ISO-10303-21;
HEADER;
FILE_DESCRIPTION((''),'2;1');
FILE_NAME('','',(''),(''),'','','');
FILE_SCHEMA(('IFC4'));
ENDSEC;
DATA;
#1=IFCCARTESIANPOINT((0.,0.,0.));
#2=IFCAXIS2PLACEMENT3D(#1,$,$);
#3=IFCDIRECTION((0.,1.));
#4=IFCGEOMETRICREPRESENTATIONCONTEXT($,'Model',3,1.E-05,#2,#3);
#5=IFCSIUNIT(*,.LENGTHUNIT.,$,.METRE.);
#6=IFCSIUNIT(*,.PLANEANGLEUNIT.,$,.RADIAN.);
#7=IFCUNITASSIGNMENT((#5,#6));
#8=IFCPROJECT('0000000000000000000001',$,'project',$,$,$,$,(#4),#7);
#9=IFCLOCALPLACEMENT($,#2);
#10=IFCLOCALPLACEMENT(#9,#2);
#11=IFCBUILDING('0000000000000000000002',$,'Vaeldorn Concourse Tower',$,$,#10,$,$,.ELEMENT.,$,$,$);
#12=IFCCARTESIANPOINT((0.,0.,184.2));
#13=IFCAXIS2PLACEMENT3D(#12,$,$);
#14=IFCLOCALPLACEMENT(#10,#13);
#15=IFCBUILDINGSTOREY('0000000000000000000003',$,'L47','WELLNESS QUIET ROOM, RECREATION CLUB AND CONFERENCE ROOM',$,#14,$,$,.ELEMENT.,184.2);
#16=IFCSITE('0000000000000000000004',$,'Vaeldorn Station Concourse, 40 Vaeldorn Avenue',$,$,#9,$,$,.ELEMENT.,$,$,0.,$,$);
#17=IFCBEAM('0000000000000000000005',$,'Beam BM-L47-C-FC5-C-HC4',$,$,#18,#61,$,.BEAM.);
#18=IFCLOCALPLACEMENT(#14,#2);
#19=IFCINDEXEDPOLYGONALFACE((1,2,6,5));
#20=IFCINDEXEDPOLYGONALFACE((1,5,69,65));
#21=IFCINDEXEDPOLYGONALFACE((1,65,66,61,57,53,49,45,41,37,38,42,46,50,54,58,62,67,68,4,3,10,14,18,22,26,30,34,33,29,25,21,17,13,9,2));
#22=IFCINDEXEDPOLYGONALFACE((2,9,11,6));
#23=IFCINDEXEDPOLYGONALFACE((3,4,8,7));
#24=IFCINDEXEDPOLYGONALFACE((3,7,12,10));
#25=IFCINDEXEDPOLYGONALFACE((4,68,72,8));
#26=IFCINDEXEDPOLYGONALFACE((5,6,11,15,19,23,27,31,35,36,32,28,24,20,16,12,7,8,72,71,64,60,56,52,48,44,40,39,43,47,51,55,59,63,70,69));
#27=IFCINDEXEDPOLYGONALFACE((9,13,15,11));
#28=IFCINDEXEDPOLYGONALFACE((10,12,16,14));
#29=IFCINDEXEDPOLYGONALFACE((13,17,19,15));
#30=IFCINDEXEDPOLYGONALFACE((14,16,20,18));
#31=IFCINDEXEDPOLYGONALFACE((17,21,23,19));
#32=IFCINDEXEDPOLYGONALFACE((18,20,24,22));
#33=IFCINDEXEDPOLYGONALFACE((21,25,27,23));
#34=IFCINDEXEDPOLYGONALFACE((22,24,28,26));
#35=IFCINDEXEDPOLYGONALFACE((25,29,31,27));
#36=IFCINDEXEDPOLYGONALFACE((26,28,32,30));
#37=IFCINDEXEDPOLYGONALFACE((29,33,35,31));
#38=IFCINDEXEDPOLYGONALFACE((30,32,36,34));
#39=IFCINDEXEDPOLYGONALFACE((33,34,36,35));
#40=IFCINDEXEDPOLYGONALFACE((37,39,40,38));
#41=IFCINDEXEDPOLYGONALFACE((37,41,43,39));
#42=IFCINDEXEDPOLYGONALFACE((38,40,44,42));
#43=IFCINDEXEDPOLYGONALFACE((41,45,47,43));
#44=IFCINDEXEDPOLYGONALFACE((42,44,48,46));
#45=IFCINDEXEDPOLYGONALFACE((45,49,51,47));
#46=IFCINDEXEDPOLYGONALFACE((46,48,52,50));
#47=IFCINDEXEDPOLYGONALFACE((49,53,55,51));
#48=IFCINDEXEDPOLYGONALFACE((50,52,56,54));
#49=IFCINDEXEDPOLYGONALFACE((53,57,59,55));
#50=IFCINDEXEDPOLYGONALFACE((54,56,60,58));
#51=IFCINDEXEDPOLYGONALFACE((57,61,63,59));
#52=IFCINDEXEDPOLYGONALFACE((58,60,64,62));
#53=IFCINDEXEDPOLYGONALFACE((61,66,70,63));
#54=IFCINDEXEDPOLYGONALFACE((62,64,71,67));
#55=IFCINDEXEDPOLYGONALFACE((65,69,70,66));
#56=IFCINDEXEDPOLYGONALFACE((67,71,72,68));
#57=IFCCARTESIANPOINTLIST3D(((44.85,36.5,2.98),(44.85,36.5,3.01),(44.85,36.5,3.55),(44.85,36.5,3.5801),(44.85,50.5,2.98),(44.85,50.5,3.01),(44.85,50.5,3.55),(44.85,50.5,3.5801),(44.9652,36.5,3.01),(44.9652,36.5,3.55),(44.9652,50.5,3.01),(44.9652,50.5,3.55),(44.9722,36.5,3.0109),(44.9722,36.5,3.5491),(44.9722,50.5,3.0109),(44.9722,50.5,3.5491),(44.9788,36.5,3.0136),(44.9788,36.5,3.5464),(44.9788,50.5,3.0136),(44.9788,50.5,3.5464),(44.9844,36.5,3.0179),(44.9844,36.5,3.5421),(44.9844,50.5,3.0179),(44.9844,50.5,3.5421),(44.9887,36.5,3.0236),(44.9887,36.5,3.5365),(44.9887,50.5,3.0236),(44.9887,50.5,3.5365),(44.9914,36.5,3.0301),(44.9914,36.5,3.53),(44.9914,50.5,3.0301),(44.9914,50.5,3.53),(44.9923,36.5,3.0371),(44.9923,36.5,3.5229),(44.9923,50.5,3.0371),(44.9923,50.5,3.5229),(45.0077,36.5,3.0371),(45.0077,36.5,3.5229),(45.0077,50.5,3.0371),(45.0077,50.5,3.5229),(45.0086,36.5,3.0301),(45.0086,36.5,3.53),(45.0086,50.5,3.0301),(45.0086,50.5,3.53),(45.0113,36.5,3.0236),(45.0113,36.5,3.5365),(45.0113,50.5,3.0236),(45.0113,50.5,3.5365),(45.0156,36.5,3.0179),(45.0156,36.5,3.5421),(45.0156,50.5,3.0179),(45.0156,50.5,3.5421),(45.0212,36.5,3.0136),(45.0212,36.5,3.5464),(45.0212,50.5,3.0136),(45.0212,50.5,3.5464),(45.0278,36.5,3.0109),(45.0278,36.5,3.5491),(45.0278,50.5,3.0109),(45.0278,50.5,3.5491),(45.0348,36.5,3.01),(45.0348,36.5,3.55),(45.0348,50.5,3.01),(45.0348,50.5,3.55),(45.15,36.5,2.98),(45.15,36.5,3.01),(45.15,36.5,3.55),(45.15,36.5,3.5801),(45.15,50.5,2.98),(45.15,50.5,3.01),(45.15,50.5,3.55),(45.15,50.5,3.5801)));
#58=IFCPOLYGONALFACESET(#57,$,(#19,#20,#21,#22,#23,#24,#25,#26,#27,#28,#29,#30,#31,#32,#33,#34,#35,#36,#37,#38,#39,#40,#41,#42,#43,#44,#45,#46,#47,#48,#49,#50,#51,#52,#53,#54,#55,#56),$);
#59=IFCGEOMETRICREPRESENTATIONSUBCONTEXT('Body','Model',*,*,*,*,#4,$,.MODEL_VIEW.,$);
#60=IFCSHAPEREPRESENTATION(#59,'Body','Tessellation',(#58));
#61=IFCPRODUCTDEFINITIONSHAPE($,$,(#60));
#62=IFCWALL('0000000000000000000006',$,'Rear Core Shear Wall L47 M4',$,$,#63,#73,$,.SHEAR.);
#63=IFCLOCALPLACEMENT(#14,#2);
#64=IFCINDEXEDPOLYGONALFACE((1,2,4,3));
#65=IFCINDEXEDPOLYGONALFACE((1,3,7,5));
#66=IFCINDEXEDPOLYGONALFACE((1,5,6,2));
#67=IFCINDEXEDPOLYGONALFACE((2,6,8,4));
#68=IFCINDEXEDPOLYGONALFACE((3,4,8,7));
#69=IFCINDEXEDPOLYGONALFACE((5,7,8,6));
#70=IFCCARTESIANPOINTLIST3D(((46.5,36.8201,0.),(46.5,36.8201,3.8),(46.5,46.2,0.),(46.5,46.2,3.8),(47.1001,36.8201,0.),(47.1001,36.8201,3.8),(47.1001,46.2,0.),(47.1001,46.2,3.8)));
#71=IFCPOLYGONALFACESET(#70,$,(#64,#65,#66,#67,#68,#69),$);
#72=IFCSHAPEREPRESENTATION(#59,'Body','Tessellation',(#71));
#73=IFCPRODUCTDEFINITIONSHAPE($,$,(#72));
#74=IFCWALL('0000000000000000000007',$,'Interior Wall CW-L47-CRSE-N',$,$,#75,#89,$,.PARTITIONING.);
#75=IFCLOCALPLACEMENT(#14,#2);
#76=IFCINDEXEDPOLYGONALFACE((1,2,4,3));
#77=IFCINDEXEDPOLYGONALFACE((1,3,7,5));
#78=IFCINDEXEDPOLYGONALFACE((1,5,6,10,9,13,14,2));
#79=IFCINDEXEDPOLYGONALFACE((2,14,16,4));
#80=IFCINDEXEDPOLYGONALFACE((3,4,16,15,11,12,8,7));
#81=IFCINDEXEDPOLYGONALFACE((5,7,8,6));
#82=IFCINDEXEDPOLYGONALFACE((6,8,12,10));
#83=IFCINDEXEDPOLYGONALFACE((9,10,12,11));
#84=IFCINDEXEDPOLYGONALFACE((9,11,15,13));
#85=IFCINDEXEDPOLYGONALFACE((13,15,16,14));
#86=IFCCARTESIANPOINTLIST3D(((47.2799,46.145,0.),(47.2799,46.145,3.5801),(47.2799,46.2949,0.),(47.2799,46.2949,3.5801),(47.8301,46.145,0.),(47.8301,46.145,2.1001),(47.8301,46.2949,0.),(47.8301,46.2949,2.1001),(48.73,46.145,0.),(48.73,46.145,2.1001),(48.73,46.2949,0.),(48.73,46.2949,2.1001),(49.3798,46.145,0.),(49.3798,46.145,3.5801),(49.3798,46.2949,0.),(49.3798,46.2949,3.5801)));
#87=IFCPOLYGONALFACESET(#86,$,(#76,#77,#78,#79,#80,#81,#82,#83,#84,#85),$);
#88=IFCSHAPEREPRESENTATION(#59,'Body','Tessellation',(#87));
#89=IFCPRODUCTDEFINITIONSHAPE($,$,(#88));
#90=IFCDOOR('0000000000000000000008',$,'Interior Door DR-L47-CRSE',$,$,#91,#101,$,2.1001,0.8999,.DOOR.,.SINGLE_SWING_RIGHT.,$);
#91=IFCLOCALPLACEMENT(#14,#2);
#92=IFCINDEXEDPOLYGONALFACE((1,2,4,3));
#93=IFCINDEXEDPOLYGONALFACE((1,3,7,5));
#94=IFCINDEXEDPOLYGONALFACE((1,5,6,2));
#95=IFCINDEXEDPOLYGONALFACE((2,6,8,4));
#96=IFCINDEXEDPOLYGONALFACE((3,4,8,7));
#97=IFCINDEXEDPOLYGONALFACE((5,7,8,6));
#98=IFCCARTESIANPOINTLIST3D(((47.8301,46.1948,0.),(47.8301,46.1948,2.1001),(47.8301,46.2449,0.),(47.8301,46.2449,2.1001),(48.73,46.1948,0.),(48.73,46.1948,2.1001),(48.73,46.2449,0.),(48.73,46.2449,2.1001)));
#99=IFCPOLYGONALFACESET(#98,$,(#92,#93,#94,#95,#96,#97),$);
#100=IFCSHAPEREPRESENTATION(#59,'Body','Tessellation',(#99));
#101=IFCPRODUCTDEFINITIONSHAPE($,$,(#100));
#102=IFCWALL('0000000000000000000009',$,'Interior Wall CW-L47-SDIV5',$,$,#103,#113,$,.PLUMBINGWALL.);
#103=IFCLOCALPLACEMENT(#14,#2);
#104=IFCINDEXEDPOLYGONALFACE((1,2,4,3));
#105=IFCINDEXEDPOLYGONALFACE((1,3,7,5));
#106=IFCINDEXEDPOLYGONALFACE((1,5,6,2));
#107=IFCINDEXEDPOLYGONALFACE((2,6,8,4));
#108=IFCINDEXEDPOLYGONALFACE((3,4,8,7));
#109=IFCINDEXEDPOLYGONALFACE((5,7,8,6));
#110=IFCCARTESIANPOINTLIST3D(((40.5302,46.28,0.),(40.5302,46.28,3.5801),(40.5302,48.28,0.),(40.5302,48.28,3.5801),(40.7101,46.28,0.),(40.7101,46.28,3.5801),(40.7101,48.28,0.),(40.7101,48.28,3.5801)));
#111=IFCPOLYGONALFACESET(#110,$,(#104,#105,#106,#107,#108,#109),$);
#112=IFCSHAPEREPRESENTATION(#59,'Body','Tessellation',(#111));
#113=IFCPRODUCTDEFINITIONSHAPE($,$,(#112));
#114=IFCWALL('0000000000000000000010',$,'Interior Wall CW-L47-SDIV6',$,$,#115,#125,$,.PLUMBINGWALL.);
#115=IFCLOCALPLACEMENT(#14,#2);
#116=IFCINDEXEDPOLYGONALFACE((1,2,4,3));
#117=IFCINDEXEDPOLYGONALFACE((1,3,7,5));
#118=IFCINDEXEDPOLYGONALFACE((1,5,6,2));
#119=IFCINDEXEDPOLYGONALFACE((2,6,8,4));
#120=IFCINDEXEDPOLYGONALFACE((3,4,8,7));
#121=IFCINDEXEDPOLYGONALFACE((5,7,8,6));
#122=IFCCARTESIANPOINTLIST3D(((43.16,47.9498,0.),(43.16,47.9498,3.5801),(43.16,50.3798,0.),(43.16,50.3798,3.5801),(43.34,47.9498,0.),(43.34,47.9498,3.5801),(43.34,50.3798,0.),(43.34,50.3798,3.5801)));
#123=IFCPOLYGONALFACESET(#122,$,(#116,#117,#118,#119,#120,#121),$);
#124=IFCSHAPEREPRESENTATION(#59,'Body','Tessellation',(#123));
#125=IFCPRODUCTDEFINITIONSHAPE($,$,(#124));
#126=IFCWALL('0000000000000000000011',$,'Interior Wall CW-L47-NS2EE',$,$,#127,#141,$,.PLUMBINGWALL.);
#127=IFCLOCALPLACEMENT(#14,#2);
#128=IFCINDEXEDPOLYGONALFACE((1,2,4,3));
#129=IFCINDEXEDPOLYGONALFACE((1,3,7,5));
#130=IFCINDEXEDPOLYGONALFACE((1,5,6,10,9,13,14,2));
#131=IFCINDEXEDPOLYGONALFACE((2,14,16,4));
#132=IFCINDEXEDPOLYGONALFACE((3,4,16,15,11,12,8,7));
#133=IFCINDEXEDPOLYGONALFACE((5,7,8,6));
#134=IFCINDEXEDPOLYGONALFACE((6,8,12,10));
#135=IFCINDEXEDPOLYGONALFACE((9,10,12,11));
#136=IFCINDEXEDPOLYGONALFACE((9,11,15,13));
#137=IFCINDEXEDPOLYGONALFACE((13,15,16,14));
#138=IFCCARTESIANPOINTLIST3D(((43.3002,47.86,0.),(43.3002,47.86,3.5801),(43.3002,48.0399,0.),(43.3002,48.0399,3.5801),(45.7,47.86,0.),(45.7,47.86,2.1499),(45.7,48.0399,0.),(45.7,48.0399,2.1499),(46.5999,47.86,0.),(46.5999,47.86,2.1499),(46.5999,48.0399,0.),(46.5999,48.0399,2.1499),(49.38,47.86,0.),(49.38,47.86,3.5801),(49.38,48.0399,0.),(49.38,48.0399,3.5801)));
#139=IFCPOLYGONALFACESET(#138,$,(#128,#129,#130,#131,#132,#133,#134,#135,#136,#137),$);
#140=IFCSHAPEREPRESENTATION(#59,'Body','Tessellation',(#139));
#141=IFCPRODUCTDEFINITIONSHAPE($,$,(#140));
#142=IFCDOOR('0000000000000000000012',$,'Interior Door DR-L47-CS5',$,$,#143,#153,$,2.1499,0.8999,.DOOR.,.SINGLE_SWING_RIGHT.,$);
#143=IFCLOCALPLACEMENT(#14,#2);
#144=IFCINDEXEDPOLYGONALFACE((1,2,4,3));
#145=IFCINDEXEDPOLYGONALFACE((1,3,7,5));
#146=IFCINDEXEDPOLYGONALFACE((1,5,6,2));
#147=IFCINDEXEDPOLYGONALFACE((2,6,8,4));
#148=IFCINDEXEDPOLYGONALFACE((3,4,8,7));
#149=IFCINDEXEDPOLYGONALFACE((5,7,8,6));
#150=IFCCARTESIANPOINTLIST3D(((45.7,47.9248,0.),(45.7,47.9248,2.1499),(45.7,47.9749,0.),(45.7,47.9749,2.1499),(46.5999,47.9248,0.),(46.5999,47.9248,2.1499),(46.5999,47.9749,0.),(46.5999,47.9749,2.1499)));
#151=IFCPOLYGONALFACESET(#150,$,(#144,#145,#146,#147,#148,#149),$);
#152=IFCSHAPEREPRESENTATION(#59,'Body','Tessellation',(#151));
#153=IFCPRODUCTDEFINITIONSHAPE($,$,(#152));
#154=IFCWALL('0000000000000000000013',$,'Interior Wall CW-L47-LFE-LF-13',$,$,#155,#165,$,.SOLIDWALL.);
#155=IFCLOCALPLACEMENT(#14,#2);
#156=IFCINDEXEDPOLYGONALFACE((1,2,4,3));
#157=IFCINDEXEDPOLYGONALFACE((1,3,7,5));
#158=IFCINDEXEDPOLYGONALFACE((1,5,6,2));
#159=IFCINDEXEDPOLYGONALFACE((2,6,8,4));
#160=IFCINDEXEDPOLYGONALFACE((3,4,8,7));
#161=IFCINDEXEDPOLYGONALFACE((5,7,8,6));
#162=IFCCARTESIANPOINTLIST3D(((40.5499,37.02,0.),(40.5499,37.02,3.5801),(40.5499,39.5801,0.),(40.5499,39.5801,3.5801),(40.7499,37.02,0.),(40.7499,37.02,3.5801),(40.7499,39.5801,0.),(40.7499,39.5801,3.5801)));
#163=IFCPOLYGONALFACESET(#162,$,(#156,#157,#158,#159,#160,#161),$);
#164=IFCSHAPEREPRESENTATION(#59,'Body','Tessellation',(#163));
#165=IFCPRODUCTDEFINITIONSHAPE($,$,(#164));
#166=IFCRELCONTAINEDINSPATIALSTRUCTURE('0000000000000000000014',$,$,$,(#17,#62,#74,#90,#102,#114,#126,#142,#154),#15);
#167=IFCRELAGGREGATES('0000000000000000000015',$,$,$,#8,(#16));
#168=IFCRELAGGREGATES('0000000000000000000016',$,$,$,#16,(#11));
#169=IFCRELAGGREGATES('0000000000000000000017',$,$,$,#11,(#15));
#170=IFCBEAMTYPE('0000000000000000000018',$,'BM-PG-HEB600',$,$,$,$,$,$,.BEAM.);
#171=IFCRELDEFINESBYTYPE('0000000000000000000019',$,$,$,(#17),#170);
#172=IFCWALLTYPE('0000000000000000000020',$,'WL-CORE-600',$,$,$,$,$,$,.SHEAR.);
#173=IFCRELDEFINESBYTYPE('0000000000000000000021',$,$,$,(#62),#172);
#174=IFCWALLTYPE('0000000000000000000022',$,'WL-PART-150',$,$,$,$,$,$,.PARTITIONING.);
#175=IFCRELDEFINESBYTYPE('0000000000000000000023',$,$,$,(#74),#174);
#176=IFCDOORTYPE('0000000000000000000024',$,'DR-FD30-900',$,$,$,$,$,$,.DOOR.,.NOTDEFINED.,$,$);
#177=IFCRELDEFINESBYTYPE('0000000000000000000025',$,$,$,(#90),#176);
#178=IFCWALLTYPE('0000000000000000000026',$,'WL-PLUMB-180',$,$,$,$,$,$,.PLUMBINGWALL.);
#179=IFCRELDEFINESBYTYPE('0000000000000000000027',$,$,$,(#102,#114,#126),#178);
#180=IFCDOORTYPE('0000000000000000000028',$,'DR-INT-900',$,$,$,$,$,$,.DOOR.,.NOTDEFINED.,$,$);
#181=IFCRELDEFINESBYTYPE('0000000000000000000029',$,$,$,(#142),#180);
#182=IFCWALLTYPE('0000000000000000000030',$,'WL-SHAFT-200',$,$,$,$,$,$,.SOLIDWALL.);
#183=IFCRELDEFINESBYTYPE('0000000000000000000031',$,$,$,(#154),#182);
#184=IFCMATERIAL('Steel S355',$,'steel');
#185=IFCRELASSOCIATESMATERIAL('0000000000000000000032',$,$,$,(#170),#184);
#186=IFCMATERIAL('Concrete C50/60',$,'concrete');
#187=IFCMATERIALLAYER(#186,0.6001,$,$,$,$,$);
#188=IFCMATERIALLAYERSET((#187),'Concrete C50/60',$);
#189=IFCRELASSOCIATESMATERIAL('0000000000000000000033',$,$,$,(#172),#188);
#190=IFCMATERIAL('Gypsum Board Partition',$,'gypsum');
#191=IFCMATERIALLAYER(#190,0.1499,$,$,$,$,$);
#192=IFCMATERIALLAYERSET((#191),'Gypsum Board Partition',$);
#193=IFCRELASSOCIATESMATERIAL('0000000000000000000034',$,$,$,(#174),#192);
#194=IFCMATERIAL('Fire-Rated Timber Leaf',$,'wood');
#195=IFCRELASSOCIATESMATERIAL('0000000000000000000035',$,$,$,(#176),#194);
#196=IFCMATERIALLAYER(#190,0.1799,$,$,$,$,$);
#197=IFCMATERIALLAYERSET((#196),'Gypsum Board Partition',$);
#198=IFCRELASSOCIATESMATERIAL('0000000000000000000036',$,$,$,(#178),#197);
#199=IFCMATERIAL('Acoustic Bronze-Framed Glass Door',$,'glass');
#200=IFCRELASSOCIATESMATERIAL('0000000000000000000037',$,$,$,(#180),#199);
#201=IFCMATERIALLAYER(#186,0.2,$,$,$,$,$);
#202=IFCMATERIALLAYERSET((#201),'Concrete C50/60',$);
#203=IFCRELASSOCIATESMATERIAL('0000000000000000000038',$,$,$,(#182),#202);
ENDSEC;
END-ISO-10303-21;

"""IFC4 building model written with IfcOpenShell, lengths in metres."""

from ifc_helpers import new_model, si_unit, direction, frame, frame_2d, origin, origin_2d, place, context, subcontext, project, spatial, rectangle, i_section, extrude, source, transform, mapped, material, layer, layer_set, material_profile, profile_set, type_object, element, fill, save


model = new_model("IFC4")

# Units and contexts
model_context = context("Model", 3, precision=1e-05, world=origin(), true_north=direction((0.0, 1.0)))
body_context = subcontext(model_context, "Body", "Model", "MODEL_VIEW")
ifc_project = project(units=[si_unit("LENGTHUNIT", "METRE"), si_unit("PLANEANGLEUNIT", "RADIAN")], contexts=[model_context])

# Site, building, storey
site_placement = place(None, origin())
site = spatial("IfcSite", under=ifc_project, at=site_placement, Name="Vaeldorn Station Concourse, 40 Vaeldorn Avenue", CompositionType="ELEMENT", RefElevation=0.0)
building_placement = place(site_placement, origin())
building = spatial("IfcBuilding", under=site, at=building_placement, Name="Vaeldorn Concourse Tower", CompositionType="ELEMENT")
storey_placement = place(building_placement, frame((0.0, 0.0, 184.2)))
storey = spatial("IfcBuildingStorey", under=building, at=storey_placement, Name="L47", Description="WELLNESS QUIET ROOM, RECREATION CLUB AND CONFERENCE ROOM", CompositionType="ELEMENT", Elevation=184.2)

# Beam
ifc_material_1 = material(Name="Concrete C50/60", Category="concrete")
ifc_material_2 = material(Name="Steel S355", Category="steel")
ifc_material_profile_1 = material_profile(ifc_material_2, i_section(OverallWidth=0.3, OverallDepth=0.6001, WebThickness=0.0154, FlangeThickness=0.03, FilletRadius=0.0271, at=origin_2d()), Name="HEB 600")
ifc_profile_set_1 = profile_set([ifc_material_profile_1], Name="Steel S355")
beam_type_1 = type_object("IfcBeamType", Name="BM-PG-HEB600", PredefinedType="BEAM", material=ifc_profile_set_1)
shared_shape_1 = source(origin(), body_context, "Body", "SweptSolid", [
    extrude(i_section(OverallWidth=0.3, OverallDepth=0.6001, WebThickness=0.0154, FlangeThickness=0.03, FilletRadius=0.0271, at=origin_2d()), origin(), (0.0, 0.0, 1.0), 14.0),
])
beam_1_placement = place(storey_placement, frame((45.0, 36.5, 3.28), z_axis=(0.0, 1.0, 0.0), x_axis=(-1.0, 0.0, 0.0)))
element("IfcBeam", 1, at=beam_1_placement, inside=storey, type_object=beam_type_1, Name="Beam BM-L47-C-FC5-C-HC4", PredefinedType="BEAM", context=body_context, shape_type="MappedRepresentation", body=[
    mapped(shared_shape_1, transform((0.0, 0.0, 0.0), scale=1.0)),
])

# Wall
ifc_layer_1 = layer(ifc_material_1, 0.6001)
ifc_layer_set_1 = layer_set([ifc_layer_1], Name="Concrete C50/60")
wall_type_1 = type_object("IfcWallType", Name="WL-CORE-600", PredefinedType="SHEAR", material=ifc_layer_set_1)
wall_1_placement = place(storey_placement, frame((46.8, 36.8201, 0.0), z_axis=(0.0, 0.0, 1.0), x_axis=(0.0, 1.0, 0.0)))
element("IfcWall", 2, at=wall_1_placement, inside=storey, type_object=wall_type_1, Name="Rear Core Shear Wall L47 M4", PredefinedType="SHEAR", context=body_context, shape_type="SweptSolid", body=[
    extrude(rectangle(XDim=9.3799, YDim=0.6001, at=frame_2d((4.6899, 0.0))), origin(), (0.0, 0.0, 1.0), 3.8),
])

# Wall, opening, door
ifc_material_3 = material(Name="Gypsum Board Partition", Category="gypsum")
ifc_layer_2 = layer(ifc_material_3, 0.1499)
ifc_layer_set_2 = layer_set([ifc_layer_2], Name="Gypsum Board Partition")
wall_type_2 = type_object("IfcWallType", Name="WL-PART-150", PredefinedType="PARTITIONING", material=ifc_layer_set_2)
wall_2_placement = place(storey_placement, frame((47.28, 46.22, 0.0), z_axis=(0.0, 0.0, 1.0), x_axis=(1.0, 0.0, 0.0)))
wall_2 = element("IfcWall", 3, at=wall_2_placement, inside=storey, type_object=wall_type_2, Name="Interior Wall CW-L47-CRSE-N", PredefinedType="PARTITIONING", context=body_context, shape_type="SweptSolid", body=[
    extrude(rectangle(XDim=2.0999, YDim=0.1499, at=frame_2d((1.0498, 0.0))), origin(), (0.0, 0.0, 1.0), 3.5801),
])
opening_1_placement = place(wall_2_placement, frame((0.55, 0.0, 0.0)))
opening_1 = element("IfcOpeningElement", 4, at=opening_1_placement, cuts=wall_2, PredefinedType="OPENING", context=body_context, shape_type="SweptSolid", body=[
    extrude(rectangle(XDim=0.8999, YDim=2.1001, at=frame_2d((0.45, 1.05))), frame((0.0, 0.085, 0.0), z_axis=(0.0, -1.0, 0.0), x_axis=(1.0, 0.0, 0.0)), (0.0, 0.0, 1.0), 0.1699),
])
ifc_material_4 = material(Name="Fire-Rated Timber Leaf", Category="wood")
door_type_1 = type_object("IfcDoorType", Name="DR-FD30-900", OperationType="NOTDEFINED", PredefinedType="DOOR", material=ifc_material_4)
shared_shape_2 = source(origin(), body_context, "Body", "SweptSolid", [
    extrude(rectangle(XDim=0.8999, YDim=2.1001, at=frame_2d((0.45, 1.05))), frame((0.0, 0.0249, 0.0), z_axis=(0.0, -1.0, 0.0), x_axis=(1.0, 0.0, 0.0)), (0.0, 0.0, 1.0), 0.05),
])
door_1_placement = place(opening_1_placement, origin())
door_1 = element("IfcDoor", 5, at=door_1_placement, inside=storey, type_object=door_type_1, Name="Interior Door DR-L47-CRSE", OperationType="SINGLE_SWING_RIGHT", OverallHeight=2.1001, OverallWidth=0.8999, PredefinedType="DOOR", context=body_context, shape_type="MappedRepresentation", body=[
    mapped(shared_shape_2, transform((0.0, 0.0, 0.0), scale=1.0)),
])
fill(opening_1, door_1)

# Walls
ifc_layer_3 = layer(ifc_material_3, 0.1799)
ifc_layer_set_3 = layer_set([ifc_layer_3], Name="Gypsum Board Partition")
wall_type_3 = type_object("IfcWallType", Name="WL-PLUMB-180", PredefinedType="PLUMBINGWALL", material=ifc_layer_set_3)
wall_3_placement = place(storey_placement, frame((40.6201, 46.28, 0.0), z_axis=(0.0, 0.0, 1.0), x_axis=(0.0, 1.0, 0.0)))
element("IfcWall", 6, at=wall_3_placement, inside=storey, type_object=wall_type_3, Name="Interior Wall CW-L47-SDIV5", PredefinedType="PLUMBINGWALL", context=body_context, shape_type="SweptSolid", body=[
    extrude(rectangle(XDim=2.0, YDim=0.1799, at=frame_2d((1.0, 0.0))), origin(), (0.0, 0.0, 1.0), 3.5801),
])
wall_4_placement = place(storey_placement, frame((43.25, 47.95, 0.0), z_axis=(0.0, 0.0, 1.0), x_axis=(0.0, 1.0, 0.0)))
element("IfcWall", 7, at=wall_4_placement, inside=storey, type_object=wall_type_3, Name="Interior Wall CW-L47-SDIV6", PredefinedType="PLUMBINGWALL", context=body_context, shape_type="SweptSolid", body=[
    extrude(rectangle(XDim=2.4299, YDim=0.1799, at=frame_2d((1.2148, 0.0))), origin(), (0.0, 0.0, 1.0), 3.5801),
])

# Wall, opening, door
wall_5_placement = place(storey_placement, frame((43.3, 47.95, 0.0), z_axis=(0.0, 0.0, 1.0), x_axis=(1.0, 0.0, 0.0)))
wall_5 = element("IfcWall", 8, at=wall_5_placement, inside=storey, type_object=wall_type_3, Name="Interior Wall CW-L47-NS2EE", PredefinedType="PLUMBINGWALL", context=body_context, shape_type="SweptSolid", body=[
    extrude(rectangle(XDim=6.0798, YDim=0.1799, at=frame_2d((3.04, 0.0))), origin(), (0.0, 0.0, 1.0), 3.5801),
])
opening_2_placement = place(wall_5_placement, frame((2.3999, 0.0, 0.0)))
opening_2 = element("IfcOpeningElement", 9, at=opening_2_placement, cuts=wall_5, PredefinedType="OPENING", context=body_context, shape_type="SweptSolid", body=[
    extrude(rectangle(XDim=0.8999, YDim=2.1499, at=frame_2d((0.45, 1.075))), frame((0.0, 0.1001, 0.0), z_axis=(0.0, -1.0, 0.0), x_axis=(1.0, 0.0, 0.0)), (0.0, 0.0, 1.0), 0.2),
])
ifc_material_5 = material(Name="Acoustic Bronze-Framed Glass Door", Category="glass")
door_type_2 = type_object("IfcDoorType", Name="DR-INT-900", OperationType="NOTDEFINED", PredefinedType="DOOR", material=ifc_material_5)
shared_shape_3 = source(origin(), body_context, "Body", "SweptSolid", [
    extrude(rectangle(XDim=0.8999, YDim=2.1499, at=frame_2d((0.45, 1.075))), frame((0.0, 0.0249, 0.0), z_axis=(0.0, -1.0, 0.0), x_axis=(1.0, 0.0, 0.0)), (0.0, 0.0, 1.0), 0.05),
])
door_2_placement = place(opening_2_placement, origin())
door_2 = element("IfcDoor", 10, at=door_2_placement, inside=storey, type_object=door_type_2, Name="Interior Door DR-L47-CS5", OperationType="SINGLE_SWING_RIGHT", OverallHeight=2.1499, OverallWidth=0.8999, PredefinedType="DOOR", context=body_context, shape_type="MappedRepresentation", body=[
    mapped(shared_shape_3, transform((0.0, 0.0, 0.0), scale=1.0)),
])
fill(opening_2, door_2)
ifc_layer_4 = layer(ifc_material_1, 0.2)
ifc_layer_set_4 = layer_set([ifc_layer_4], Name="Concrete C50/60")
wall_type_4 = type_object("IfcWallType", Name="WL-SHAFT-200", PredefinedType="SOLIDWALL", material=ifc_layer_set_4)

# Wall
wall_6_placement = place(storey_placement, frame((40.6499, 37.02, 0.0), z_axis=(0.0, 0.0, 1.0), x_axis=(0.0, 1.0, 0.0)))
element("IfcWall", 11, at=wall_6_placement, inside=storey, type_object=wall_type_4, Name="Interior Wall CW-L47-LFE-LF-13", PredefinedType="SOLIDWALL", context=body_context, shape_type="SweptSolid", body=[
    extrude(rectangle(XDim=2.5601, YDim=0.2, at=frame_2d((1.28, 0.0))), origin(), (0.0, 0.0, 1.0), 3.5801),
])

save(model, "model.ifc")
